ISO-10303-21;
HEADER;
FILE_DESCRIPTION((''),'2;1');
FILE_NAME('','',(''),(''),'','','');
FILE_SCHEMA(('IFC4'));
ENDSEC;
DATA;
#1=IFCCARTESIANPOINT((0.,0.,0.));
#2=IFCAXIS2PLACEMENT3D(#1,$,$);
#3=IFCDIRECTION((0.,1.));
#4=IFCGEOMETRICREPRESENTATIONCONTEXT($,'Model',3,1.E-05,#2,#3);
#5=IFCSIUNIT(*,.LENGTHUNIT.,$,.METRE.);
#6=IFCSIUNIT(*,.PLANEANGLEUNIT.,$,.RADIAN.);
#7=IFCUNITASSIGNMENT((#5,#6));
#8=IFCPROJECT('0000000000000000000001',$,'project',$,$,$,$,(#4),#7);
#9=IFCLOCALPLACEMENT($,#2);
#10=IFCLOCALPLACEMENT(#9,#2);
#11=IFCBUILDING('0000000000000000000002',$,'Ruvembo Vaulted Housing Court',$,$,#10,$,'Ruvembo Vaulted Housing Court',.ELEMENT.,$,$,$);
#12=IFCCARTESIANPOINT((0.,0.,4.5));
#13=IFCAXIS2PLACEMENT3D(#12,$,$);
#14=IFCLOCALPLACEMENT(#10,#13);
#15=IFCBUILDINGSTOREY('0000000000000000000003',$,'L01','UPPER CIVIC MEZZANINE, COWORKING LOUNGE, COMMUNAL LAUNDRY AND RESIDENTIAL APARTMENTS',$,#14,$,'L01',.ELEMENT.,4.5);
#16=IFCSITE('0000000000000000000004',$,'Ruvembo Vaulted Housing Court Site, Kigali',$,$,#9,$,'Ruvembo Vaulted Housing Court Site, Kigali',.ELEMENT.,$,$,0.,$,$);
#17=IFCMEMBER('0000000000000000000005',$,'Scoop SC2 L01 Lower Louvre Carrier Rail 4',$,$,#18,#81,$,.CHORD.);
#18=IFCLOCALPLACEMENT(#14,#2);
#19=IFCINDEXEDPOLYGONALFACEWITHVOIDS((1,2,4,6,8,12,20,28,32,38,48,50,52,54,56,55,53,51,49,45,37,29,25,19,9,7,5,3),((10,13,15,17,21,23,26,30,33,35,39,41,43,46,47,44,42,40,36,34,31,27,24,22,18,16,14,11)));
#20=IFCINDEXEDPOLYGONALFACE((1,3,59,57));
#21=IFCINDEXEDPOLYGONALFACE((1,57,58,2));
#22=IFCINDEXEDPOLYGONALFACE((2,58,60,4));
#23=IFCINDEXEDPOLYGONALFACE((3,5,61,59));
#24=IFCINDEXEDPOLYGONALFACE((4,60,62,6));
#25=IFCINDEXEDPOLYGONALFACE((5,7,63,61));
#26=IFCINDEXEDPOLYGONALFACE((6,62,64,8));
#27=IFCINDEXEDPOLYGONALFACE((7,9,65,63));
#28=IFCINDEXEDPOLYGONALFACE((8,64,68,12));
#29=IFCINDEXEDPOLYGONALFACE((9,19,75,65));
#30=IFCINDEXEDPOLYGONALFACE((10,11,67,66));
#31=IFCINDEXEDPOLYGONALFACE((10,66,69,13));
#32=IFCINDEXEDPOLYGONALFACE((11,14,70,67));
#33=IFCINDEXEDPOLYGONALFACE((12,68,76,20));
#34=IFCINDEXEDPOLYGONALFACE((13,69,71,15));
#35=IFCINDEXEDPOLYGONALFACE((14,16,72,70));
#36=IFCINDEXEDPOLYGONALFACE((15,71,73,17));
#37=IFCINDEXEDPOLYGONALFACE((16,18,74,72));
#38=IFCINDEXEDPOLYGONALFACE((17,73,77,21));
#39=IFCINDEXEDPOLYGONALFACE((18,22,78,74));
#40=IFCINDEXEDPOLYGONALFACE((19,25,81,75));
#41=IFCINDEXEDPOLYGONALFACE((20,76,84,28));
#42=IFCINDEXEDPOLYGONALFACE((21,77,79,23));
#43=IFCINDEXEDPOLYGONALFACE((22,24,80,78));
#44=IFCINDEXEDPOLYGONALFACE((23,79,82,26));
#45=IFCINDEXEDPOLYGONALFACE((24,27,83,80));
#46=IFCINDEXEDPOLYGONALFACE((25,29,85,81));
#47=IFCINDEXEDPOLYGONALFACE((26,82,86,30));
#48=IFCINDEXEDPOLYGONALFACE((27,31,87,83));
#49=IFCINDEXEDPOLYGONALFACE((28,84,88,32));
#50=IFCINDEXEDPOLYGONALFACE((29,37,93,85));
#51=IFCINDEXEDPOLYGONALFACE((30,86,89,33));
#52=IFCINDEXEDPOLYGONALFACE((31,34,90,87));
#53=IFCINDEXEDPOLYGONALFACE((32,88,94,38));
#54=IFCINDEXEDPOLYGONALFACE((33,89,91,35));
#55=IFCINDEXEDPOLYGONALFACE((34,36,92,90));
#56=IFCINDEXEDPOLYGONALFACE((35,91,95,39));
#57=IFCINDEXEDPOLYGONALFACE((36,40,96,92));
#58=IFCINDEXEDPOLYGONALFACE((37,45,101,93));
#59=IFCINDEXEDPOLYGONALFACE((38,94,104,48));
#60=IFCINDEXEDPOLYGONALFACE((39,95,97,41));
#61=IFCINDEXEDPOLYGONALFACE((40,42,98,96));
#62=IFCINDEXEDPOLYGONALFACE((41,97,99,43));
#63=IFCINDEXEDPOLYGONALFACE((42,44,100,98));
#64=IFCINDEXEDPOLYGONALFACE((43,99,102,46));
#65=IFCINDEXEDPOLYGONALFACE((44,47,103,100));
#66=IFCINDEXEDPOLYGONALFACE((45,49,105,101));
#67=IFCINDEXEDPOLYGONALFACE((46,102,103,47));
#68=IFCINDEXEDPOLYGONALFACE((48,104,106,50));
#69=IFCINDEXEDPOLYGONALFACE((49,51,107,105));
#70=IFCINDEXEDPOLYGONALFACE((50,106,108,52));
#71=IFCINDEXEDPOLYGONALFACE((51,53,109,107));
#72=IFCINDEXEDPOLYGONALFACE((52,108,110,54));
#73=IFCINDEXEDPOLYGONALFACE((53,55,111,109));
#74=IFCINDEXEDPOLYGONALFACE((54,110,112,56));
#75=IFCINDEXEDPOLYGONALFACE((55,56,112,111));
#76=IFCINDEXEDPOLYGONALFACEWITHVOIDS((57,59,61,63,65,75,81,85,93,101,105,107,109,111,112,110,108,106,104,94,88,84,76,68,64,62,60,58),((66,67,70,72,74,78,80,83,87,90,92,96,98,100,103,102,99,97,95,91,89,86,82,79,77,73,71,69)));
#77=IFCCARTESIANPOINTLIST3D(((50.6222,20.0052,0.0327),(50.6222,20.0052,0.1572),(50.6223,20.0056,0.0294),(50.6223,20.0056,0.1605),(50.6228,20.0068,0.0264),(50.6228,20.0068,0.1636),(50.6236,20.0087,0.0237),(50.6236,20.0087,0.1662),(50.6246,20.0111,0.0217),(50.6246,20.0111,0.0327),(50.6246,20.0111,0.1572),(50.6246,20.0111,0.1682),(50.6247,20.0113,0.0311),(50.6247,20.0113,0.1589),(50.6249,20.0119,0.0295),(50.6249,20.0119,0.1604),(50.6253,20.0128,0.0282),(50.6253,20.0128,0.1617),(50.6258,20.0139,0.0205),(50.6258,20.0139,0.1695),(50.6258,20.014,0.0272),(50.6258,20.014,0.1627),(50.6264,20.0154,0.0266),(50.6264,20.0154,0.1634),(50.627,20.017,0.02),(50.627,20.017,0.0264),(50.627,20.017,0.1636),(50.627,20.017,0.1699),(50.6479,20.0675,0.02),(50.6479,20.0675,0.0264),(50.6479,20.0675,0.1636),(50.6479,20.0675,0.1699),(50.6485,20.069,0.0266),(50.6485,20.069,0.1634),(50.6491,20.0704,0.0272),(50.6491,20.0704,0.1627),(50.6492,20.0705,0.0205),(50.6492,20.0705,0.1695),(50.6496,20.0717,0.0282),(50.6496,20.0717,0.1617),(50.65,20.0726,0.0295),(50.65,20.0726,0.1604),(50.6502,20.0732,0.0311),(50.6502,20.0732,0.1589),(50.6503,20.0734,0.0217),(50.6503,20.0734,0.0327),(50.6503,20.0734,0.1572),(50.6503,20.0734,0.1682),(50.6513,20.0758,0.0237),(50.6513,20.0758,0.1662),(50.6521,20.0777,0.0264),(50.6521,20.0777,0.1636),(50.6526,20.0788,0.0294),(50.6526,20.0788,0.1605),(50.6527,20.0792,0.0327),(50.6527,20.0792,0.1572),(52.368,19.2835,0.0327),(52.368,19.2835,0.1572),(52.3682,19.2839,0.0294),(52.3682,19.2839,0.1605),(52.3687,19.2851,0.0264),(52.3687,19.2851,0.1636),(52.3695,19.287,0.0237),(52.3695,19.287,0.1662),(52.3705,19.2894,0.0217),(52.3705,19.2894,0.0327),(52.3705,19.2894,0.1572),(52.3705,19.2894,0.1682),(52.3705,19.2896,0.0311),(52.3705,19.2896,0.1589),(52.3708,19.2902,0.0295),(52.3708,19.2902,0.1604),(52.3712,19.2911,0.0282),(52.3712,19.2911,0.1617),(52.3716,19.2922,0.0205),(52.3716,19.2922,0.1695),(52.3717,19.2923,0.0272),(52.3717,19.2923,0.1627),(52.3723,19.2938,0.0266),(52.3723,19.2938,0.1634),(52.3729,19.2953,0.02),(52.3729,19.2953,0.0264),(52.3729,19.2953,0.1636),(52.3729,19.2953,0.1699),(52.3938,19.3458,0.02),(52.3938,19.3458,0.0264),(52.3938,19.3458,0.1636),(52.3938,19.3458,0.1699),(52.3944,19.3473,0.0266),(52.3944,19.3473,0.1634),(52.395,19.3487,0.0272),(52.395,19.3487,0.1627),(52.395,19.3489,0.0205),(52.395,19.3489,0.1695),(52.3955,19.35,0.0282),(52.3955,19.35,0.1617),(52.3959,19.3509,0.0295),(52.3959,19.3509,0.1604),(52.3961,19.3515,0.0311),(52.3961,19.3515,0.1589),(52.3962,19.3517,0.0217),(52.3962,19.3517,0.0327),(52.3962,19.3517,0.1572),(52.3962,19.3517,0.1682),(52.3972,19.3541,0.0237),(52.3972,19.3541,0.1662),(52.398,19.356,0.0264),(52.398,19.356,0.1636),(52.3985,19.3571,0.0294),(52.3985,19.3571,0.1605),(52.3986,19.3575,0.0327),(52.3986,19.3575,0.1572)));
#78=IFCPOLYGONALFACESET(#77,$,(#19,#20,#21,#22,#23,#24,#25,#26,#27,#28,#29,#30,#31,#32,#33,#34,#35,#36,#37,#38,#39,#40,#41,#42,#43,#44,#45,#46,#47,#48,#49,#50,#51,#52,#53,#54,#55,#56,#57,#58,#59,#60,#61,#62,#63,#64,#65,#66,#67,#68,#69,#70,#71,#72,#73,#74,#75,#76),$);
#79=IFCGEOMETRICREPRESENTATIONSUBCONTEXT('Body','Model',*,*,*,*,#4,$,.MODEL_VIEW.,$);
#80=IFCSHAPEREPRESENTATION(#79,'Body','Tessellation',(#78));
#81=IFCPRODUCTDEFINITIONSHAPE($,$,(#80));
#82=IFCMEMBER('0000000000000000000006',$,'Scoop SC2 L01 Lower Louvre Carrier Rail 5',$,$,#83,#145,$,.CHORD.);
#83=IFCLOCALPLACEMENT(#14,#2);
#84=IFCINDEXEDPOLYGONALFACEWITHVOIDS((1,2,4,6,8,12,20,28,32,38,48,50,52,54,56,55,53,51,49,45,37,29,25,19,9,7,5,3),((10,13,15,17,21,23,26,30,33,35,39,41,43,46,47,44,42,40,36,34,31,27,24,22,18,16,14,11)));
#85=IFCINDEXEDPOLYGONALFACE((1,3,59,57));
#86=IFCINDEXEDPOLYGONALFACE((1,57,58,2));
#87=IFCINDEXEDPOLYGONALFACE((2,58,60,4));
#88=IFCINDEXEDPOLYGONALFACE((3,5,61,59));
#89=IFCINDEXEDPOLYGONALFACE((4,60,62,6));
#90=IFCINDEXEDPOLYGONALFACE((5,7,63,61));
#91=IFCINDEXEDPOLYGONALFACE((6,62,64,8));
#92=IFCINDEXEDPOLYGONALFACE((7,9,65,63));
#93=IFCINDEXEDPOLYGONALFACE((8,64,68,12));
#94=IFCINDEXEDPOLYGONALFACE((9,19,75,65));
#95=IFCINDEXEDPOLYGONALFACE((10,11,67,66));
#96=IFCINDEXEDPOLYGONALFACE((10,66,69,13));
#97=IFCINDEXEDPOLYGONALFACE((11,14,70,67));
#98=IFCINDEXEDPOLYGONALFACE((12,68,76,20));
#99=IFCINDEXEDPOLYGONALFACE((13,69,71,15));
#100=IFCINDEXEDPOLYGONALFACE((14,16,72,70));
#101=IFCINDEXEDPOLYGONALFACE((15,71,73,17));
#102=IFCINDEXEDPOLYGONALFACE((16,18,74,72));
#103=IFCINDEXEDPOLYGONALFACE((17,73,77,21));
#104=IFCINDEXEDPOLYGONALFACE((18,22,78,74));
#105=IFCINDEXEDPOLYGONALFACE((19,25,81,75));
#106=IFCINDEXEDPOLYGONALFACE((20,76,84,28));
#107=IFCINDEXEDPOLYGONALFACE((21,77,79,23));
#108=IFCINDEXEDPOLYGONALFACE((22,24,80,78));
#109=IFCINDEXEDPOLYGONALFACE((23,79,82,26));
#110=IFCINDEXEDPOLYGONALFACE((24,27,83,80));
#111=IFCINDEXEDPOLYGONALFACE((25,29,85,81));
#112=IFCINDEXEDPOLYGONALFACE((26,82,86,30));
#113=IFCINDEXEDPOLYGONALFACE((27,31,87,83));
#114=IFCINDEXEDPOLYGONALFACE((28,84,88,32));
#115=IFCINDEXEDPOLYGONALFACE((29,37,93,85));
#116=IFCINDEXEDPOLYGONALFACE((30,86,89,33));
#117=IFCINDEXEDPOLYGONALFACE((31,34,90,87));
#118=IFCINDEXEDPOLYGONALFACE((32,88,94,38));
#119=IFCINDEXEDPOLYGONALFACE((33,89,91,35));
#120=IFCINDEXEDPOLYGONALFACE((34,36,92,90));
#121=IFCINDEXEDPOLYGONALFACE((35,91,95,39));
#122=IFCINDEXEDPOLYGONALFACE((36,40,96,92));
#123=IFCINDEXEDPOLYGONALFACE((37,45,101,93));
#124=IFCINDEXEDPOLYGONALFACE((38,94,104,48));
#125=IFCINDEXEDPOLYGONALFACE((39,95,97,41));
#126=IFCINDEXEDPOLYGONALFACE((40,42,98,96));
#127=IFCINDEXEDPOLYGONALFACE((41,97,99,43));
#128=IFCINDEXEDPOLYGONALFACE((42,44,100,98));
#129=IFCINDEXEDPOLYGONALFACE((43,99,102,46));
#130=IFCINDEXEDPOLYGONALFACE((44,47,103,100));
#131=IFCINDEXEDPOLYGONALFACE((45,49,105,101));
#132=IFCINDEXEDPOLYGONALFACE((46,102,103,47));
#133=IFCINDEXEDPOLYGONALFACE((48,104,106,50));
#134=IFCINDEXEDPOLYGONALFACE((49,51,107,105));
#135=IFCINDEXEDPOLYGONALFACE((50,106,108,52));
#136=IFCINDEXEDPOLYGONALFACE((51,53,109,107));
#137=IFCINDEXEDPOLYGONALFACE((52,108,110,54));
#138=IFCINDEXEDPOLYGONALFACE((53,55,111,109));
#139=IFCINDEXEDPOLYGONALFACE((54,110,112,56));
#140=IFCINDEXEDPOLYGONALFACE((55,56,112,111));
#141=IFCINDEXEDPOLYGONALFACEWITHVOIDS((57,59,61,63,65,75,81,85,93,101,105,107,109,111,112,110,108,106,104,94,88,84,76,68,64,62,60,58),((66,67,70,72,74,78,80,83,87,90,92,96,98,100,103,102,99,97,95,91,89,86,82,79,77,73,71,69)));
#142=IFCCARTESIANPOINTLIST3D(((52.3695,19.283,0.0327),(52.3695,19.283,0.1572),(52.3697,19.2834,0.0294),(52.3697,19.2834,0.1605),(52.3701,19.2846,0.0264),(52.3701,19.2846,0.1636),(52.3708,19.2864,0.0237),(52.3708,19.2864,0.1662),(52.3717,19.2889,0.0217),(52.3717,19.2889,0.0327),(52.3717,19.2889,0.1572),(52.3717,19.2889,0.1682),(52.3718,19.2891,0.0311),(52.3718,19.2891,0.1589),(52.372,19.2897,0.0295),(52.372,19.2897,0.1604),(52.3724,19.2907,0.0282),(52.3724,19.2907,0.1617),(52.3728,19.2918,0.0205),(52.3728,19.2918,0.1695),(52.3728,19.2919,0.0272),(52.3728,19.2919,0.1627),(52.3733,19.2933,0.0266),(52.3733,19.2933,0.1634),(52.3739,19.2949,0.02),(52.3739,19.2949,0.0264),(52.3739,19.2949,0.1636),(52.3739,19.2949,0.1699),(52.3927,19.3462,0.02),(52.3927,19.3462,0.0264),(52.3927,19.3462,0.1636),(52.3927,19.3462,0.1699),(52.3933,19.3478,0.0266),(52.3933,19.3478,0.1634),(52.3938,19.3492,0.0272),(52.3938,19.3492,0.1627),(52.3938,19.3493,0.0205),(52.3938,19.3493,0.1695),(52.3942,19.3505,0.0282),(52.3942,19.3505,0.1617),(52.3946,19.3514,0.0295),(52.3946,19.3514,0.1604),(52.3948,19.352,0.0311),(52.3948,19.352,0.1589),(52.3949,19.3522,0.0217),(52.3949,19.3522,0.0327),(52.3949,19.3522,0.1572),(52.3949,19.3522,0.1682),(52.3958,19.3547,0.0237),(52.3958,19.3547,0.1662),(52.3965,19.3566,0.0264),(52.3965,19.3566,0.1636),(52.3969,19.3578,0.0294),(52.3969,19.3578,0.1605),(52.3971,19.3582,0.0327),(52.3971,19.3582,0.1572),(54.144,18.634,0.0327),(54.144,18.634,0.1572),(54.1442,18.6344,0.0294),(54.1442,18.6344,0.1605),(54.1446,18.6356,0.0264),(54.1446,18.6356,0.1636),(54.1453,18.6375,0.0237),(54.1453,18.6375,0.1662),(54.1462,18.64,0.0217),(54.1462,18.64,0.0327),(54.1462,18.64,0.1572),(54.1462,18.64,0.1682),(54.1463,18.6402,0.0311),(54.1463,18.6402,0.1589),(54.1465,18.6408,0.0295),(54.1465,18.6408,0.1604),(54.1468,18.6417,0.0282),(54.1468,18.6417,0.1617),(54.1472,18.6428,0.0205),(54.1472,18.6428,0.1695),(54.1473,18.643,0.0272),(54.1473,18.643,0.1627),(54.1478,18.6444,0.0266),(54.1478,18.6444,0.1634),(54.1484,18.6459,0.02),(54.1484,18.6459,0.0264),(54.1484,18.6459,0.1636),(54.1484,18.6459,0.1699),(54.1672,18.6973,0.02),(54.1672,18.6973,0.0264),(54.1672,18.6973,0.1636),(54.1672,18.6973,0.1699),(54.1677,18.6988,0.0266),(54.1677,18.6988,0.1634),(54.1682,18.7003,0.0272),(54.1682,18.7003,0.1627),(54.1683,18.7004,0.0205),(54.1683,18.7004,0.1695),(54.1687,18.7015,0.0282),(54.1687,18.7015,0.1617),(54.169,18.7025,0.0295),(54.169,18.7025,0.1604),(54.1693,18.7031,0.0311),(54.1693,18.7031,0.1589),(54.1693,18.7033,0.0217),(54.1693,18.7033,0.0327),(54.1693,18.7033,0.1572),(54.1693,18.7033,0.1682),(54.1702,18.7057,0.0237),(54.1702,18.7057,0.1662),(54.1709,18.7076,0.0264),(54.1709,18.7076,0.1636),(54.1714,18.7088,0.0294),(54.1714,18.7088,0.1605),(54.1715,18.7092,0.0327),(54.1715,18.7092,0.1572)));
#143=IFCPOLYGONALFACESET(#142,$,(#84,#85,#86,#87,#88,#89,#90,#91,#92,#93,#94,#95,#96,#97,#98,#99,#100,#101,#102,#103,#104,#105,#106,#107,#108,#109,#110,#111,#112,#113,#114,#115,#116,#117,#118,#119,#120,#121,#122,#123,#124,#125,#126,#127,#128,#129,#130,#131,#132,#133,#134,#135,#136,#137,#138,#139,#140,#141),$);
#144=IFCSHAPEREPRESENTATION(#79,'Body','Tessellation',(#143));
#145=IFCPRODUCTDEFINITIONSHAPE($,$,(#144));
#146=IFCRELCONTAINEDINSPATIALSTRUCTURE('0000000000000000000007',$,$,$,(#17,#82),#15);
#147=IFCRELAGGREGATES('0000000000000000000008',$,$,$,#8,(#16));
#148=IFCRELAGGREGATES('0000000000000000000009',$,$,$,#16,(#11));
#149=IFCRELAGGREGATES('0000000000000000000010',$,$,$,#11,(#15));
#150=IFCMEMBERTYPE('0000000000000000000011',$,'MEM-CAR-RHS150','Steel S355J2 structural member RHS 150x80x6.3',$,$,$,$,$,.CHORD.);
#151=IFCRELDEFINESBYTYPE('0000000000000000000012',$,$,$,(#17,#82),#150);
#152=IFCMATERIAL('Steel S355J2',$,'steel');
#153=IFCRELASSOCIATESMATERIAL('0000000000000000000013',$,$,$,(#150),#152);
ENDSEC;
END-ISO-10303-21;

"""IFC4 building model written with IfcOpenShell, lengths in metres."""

from ifc_helpers import new_model, si_unit, direction, frame, origin, origin_2d, place, context, subcontext, project, spatial, hollow_rectangle, extrude, material, material_profile, profile_set, type_object, element, save


model = new_model("IFC4")

# Units and contexts
model_context = context("Model", 3, precision=1e-05, world=origin(), true_north=direction((0.0, 1.0)))
body_context = subcontext(model_context, "Body", "Model", "MODEL_VIEW")
ifc_project = project(units=[si_unit("LENGTHUNIT", "METRE"), si_unit("PLANEANGLEUNIT", "RADIAN")], contexts=[model_context])

# Site, building, storey
site_placement = place(None, origin())
site = spatial("IfcSite", under=ifc_project, at=site_placement, Name="Ruvembo Vaulted Housing Court Site, Kigali", LongName="Ruvembo Vaulted Housing Court Site, Kigali", CompositionType="ELEMENT", RefElevation=0.0)
building_placement = place(site_placement, origin())
building = spatial("IfcBuilding", under=site, at=building_placement, Name="Ruvembo Vaulted Housing Court", LongName="Ruvembo Vaulted Housing Court", CompositionType="ELEMENT")
storey_placement = place(building_placement, frame((0.0, 0.0, 4.5)))
storey = spatial("IfcBuildingStorey", under=building, at=storey_placement, Name="L01", Description="UPPER CIVIC MEZZANINE, COWORKING LOUNGE, COMMUNAL LAUNDRY AND RESIDENTIAL APARTMENTS", LongName="L01", CompositionType="ELEMENT", Elevation=4.5)

# Shared definitions
ifc_material_1 = material(Name="Steel S355J2", Category="steel")

# Members
ifc_material_profile_1 = material_profile(ifc_material_1, hollow_rectangle(XDim=0.0801, YDim=0.1499, WallThickness=0.0063, InnerFilletRadius=0.0063, OuterFilletRadius=0.0127, at=origin_2d()), Name="RHS 150x80x6.3")
ifc_profile_set_1 = profile_set([ifc_material_profile_1], Name="Steel S355J2")
member_type_1 = type_object("IfcMemberType", Name="MEM-CAR-RHS150", Description="Steel S355J2 structural member RHS 150x80x6.3", PredefinedType="CHORD", material=ifc_profile_set_1)
member_1_placement = place(storey_placement, frame((50.6375, 20.0422, 0.095), z_axis=(0.924155, -0.382017, 0.0), x_axis=(0.382017, 0.924155, 0.0)))
element("IfcMember", 1, at=member_1_placement, inside=storey, type_object=member_type_1, Name="Scoop SC2 L01 Lower Louvre Carrier Rail 4", PredefinedType="CHORD", context=body_context, shape_type="SweptSolid", body=[
    extrude(hollow_rectangle(XDim=0.0801, YDim=0.1499, WallThickness=0.0063, InnerFilletRadius=0.0063, OuterFilletRadius=0.0127, at=origin_2d()), origin(), (0.0, 0.0, 1.0), 1.8892),
])
member_2_placement = place(storey_placement, frame((52.3833, 19.3206, 0.095), z_axis=(0.939166, -0.343465, 0.0), x_axis=(0.343465, 0.939166, 0.0)))
element("IfcMember", 2, at=member_2_placement, inside=storey, type_object=member_type_1, Name="Scoop SC2 L01 Lower Louvre Carrier Rail 5", PredefinedType="CHORD", context=body_context, shape_type="SweptSolid", body=[
    extrude(hollow_rectangle(XDim=0.0801, YDim=0.1499, WallThickness=0.0063, InnerFilletRadius=0.0063, OuterFilletRadius=0.0127, at=origin_2d()), origin(), (0.0, 0.0, 1.0), 1.8894),
])

save(model, "model.ifc")
